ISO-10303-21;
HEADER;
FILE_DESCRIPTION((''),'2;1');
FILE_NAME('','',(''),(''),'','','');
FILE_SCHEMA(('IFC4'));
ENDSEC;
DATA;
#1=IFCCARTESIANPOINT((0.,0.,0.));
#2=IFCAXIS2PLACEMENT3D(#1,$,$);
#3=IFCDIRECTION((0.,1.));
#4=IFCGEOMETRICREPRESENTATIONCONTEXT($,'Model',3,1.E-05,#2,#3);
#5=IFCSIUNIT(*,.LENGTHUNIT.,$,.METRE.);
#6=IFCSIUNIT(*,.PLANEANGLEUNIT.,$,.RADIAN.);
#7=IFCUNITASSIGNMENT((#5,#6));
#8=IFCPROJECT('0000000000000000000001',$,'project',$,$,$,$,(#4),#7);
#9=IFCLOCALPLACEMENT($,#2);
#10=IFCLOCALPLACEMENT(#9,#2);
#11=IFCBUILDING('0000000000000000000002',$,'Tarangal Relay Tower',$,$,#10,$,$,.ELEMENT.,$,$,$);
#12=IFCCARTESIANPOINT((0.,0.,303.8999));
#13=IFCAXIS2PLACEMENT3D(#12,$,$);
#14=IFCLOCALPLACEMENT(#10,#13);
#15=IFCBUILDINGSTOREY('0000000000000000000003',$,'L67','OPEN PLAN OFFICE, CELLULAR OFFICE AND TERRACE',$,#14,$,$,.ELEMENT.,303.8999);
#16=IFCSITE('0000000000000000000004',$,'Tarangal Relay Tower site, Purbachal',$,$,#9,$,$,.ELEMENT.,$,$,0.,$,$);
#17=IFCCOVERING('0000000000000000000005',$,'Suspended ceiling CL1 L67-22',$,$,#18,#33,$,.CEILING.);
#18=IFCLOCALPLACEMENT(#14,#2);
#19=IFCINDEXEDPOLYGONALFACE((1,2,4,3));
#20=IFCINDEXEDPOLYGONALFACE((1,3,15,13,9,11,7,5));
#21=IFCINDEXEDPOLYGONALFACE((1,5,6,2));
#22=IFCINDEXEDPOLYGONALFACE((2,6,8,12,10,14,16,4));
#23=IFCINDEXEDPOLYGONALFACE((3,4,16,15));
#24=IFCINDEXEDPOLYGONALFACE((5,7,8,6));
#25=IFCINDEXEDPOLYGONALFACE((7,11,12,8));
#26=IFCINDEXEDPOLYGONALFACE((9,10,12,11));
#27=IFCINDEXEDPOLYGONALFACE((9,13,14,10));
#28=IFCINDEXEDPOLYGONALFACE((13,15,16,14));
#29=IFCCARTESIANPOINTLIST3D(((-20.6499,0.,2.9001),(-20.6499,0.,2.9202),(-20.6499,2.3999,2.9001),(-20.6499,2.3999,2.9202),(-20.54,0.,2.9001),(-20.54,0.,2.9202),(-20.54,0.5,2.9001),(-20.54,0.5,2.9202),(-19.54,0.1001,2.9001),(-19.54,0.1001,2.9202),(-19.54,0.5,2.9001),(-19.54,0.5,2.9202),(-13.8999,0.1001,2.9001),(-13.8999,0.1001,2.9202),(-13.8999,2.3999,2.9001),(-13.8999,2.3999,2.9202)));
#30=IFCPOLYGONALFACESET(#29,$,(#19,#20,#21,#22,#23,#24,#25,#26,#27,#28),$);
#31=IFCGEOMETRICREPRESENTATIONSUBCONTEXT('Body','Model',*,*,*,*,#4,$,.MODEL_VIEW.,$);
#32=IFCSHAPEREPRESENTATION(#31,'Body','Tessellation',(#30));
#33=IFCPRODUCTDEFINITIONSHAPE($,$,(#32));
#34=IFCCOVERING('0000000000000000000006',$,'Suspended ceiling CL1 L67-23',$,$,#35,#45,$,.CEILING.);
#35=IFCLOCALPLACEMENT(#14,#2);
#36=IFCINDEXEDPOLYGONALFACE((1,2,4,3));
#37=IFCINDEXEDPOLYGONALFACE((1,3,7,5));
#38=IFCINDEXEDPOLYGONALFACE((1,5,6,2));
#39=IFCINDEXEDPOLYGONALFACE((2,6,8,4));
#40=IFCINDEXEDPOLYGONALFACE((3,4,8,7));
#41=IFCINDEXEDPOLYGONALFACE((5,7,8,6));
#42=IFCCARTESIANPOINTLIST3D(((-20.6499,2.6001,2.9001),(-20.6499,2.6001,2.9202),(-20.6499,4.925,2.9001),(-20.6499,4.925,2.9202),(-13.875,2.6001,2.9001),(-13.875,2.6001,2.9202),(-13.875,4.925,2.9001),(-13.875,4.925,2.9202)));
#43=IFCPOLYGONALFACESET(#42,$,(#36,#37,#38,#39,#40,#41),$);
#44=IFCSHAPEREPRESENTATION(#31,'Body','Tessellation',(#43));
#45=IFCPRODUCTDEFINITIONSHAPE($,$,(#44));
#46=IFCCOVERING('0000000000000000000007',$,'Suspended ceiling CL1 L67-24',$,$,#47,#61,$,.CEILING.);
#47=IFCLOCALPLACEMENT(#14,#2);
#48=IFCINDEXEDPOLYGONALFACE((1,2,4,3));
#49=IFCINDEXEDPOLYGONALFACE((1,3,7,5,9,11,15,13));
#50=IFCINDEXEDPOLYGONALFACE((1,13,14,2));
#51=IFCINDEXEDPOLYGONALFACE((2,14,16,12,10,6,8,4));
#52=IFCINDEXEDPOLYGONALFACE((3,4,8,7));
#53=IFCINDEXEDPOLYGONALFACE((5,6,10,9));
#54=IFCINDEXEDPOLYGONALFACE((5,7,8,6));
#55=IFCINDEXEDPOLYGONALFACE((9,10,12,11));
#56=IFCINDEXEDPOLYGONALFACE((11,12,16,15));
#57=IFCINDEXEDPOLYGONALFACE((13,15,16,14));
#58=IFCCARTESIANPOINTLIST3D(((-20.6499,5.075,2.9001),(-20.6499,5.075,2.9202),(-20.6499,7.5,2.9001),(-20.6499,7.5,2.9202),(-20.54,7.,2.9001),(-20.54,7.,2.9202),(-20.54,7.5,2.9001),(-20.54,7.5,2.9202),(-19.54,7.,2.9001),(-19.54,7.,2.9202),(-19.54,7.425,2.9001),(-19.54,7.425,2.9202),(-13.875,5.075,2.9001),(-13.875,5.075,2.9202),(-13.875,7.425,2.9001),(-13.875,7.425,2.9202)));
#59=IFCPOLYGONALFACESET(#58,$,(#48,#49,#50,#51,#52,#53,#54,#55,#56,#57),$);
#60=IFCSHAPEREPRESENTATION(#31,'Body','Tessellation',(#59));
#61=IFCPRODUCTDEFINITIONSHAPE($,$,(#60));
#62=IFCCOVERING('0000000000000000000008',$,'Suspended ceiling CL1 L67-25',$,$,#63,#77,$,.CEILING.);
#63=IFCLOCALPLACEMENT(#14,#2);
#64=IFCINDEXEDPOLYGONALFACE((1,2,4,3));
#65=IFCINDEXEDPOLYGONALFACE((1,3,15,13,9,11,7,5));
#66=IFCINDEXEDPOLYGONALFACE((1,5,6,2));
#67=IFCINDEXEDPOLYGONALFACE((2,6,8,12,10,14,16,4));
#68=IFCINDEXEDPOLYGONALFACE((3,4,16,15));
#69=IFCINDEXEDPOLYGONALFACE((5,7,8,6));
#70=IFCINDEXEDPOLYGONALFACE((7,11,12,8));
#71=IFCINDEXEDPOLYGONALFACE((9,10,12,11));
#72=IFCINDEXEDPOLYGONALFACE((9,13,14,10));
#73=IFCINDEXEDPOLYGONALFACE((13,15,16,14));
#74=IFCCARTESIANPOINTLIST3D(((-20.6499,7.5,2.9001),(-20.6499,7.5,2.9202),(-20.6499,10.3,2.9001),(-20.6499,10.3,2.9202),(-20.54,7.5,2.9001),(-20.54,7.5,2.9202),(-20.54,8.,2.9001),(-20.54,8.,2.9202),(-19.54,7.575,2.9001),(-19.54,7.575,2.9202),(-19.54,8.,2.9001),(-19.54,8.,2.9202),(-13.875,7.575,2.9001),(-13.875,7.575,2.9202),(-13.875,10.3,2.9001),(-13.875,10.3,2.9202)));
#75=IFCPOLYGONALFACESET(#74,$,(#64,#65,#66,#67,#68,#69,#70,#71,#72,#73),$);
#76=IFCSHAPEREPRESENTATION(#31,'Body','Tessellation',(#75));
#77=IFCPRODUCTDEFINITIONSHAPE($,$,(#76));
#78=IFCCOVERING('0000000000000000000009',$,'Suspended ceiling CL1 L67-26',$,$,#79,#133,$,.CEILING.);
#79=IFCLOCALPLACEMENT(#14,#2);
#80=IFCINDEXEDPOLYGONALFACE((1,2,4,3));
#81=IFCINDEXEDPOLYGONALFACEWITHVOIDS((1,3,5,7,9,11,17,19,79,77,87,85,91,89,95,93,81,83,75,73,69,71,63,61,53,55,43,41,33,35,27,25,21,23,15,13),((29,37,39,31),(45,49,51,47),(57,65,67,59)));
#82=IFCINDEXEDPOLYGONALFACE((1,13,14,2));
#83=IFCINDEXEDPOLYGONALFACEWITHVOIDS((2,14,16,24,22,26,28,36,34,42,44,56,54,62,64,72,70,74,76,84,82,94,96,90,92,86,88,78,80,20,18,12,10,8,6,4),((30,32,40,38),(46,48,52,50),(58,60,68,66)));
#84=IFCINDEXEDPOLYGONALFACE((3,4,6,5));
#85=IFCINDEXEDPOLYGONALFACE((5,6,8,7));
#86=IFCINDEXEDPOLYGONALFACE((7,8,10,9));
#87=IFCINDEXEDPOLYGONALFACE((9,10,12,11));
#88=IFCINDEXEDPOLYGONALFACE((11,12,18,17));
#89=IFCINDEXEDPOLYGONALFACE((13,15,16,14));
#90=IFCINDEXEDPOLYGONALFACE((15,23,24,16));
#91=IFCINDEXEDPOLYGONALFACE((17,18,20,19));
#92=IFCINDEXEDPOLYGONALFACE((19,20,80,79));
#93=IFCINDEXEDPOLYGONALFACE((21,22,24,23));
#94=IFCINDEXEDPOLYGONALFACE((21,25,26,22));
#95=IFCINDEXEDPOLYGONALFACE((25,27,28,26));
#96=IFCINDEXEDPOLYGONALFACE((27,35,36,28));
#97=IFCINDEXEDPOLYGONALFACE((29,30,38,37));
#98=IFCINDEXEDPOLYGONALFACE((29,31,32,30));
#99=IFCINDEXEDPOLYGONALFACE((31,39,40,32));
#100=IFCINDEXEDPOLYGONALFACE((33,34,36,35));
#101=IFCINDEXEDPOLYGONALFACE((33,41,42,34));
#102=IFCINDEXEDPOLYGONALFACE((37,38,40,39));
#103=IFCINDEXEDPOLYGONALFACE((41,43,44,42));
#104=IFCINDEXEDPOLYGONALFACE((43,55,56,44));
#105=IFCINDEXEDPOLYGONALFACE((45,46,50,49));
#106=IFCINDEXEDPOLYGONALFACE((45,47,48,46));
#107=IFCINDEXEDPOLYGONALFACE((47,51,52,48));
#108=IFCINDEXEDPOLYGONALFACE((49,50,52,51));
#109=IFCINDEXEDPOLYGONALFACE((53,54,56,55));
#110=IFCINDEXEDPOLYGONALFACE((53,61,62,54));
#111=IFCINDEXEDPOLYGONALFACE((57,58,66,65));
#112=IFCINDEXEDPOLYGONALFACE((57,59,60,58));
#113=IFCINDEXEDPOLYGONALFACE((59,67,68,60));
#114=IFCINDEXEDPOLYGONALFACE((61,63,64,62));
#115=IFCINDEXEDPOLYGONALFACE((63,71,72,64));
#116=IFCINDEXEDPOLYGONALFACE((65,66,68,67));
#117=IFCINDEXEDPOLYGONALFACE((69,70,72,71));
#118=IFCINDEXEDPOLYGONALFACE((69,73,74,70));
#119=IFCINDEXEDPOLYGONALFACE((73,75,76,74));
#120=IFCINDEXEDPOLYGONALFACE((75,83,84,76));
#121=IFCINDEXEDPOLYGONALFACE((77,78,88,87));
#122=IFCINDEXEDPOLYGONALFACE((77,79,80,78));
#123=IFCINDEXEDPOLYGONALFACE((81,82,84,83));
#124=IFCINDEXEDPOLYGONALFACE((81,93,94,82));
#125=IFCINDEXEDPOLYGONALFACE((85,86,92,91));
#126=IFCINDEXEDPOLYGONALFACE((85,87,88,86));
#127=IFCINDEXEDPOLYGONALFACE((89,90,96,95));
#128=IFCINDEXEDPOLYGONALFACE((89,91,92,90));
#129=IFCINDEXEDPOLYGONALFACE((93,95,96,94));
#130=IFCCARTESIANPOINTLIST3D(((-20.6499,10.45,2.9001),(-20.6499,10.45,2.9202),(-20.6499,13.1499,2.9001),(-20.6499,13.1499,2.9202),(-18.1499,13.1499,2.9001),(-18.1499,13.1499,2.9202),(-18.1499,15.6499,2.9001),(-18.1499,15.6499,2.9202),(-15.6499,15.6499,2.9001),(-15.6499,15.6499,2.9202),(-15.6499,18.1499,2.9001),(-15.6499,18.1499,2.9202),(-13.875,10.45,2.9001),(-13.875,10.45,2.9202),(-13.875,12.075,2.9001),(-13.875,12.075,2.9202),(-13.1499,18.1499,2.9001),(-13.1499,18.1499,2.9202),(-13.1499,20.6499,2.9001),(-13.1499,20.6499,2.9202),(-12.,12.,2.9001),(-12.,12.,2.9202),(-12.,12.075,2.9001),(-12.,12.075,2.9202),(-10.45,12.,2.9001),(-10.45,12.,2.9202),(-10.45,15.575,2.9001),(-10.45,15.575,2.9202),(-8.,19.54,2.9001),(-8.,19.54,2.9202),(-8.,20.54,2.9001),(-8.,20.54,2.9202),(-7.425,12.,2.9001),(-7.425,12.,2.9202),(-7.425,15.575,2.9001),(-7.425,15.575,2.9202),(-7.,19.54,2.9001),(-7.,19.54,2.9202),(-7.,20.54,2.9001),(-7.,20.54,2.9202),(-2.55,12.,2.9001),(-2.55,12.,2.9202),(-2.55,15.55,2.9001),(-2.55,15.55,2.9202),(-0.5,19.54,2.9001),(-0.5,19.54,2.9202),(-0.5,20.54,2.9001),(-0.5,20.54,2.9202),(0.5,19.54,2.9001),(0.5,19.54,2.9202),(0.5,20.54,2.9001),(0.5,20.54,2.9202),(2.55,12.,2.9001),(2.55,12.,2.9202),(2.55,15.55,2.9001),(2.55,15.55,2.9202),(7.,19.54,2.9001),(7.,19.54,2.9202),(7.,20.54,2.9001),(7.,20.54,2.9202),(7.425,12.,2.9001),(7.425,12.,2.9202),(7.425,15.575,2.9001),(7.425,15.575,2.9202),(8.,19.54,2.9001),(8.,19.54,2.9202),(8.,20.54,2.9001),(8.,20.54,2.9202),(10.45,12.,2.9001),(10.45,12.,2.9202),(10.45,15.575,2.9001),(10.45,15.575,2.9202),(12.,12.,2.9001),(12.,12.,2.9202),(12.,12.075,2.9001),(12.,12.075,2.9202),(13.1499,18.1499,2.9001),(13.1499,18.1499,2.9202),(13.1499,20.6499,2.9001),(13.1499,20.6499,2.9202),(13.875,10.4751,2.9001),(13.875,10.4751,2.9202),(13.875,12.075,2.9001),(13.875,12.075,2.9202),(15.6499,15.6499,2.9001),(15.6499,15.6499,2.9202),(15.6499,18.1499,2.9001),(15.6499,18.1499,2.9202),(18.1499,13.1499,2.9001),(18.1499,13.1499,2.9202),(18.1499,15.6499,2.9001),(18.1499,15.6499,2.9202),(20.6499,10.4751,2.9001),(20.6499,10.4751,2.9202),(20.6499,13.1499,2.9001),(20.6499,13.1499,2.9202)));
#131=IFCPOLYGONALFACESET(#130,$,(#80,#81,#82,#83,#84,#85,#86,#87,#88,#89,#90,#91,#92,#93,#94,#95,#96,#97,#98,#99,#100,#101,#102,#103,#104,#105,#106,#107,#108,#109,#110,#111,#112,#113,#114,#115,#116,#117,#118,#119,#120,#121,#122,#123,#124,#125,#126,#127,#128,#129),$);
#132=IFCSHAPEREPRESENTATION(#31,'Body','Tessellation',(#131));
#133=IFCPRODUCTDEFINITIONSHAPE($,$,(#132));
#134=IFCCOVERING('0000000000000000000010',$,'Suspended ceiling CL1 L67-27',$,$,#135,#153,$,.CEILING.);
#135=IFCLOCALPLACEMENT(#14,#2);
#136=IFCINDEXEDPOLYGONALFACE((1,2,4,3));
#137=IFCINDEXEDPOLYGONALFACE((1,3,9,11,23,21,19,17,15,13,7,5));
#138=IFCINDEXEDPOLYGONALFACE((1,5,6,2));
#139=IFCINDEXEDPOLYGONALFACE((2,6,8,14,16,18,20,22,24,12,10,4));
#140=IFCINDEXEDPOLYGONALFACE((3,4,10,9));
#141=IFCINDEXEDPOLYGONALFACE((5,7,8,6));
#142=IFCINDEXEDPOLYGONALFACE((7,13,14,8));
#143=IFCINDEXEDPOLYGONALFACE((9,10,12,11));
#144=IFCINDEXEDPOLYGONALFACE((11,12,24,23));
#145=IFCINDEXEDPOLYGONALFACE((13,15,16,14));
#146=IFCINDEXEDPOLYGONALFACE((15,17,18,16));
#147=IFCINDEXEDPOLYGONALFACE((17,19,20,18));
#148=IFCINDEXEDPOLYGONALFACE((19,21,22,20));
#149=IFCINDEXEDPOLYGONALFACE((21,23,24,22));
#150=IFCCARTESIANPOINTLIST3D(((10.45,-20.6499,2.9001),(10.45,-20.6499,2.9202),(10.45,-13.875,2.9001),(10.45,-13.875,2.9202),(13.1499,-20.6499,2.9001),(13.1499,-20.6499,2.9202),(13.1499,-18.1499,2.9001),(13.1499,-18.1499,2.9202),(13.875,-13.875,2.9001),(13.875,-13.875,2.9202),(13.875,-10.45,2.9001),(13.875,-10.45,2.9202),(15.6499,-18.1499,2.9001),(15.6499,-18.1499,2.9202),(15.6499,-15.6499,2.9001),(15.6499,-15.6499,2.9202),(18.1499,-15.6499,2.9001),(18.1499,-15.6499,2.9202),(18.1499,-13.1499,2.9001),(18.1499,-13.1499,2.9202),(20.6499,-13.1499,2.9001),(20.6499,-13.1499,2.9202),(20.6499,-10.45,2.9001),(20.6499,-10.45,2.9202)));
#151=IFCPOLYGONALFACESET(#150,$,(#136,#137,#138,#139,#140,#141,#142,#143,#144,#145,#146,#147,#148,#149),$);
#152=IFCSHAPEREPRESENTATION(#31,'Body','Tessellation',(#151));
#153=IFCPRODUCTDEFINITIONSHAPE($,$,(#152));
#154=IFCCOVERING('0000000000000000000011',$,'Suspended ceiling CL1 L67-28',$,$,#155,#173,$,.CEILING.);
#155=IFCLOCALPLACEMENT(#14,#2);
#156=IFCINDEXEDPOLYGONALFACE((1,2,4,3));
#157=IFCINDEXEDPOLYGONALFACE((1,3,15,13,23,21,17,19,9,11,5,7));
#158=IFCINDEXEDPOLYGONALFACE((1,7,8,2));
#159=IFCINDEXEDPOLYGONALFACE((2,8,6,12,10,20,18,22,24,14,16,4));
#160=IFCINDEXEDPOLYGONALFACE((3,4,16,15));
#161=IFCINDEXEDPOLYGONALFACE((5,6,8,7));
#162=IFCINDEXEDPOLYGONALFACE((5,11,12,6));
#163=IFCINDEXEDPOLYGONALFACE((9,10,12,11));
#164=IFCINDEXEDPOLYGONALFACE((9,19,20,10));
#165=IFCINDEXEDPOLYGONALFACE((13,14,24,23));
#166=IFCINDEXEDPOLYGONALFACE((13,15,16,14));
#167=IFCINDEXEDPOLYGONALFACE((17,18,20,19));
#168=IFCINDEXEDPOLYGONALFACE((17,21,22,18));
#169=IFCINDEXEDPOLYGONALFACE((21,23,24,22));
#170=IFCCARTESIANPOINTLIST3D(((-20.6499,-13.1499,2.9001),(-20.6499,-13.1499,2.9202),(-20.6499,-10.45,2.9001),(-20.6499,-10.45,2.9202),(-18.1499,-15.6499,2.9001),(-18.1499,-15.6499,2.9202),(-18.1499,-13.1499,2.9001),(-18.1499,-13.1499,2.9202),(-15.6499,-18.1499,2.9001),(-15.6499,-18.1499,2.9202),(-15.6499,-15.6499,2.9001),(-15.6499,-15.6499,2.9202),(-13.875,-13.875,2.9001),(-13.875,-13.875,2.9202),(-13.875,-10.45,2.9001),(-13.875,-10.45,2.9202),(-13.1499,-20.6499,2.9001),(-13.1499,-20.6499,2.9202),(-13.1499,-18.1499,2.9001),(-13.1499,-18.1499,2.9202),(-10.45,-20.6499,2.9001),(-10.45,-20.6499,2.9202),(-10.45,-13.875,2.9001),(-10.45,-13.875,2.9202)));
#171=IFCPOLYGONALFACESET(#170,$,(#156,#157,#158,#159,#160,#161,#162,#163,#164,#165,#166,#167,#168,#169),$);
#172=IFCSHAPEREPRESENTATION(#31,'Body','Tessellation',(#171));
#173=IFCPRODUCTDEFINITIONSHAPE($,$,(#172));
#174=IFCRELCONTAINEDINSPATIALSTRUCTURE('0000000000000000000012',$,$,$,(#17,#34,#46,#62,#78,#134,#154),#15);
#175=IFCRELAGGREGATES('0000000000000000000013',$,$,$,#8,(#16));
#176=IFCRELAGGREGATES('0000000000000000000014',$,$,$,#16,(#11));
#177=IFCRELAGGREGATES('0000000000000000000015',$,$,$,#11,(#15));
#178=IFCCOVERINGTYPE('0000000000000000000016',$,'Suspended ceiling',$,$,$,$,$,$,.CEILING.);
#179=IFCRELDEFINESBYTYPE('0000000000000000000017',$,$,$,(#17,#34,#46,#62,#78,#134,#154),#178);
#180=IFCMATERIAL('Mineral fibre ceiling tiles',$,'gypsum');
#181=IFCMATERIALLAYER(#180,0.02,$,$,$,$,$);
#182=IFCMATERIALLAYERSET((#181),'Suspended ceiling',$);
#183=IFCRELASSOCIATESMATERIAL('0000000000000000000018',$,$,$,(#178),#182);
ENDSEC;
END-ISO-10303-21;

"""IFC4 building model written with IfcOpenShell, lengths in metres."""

from ifc_helpers import new_model, si_unit, direction, frame, origin, place, context, subcontext, project, spatial, polyline, outline, extrude, material, layer, layer_set, type_object, element, save


model = new_model("IFC4")

# Units and contexts
model_context = context("Model", 3, precision=1e-05, world=origin(), true_north=direction((0.0, 1.0)))
body_context = subcontext(model_context, "Body", "Model", "MODEL_VIEW")
ifc_project = project(units=[si_unit("LENGTHUNIT", "METRE"), si_unit("PLANEANGLEUNIT", "RADIAN")], contexts=[model_context])

# Site, building, storey
site_placement = place(None, origin())
site = spatial("IfcSite", under=ifc_project, at=site_placement, Name="Tarangal Relay Tower site, Purbachal", CompositionType="ELEMENT", RefElevation=0.0)
building_placement = place(site_placement, origin())
building = spatial("IfcBuilding", under=site, at=building_placement, Name="Tarangal Relay Tower", CompositionType="ELEMENT")
storey_placement = place(building_placement, frame((0.0, 0.0, 303.8999)))
storey = spatial("IfcBuildingStorey", under=building, at=storey_placement, Name="L67", Description="OPEN PLAN OFFICE, CELLULAR OFFICE AND TERRACE", CompositionType="ELEMENT", Elevation=303.8999)

# Coverings
ifc_material_1 = material(Name="Mineral fibre ceiling tiles", Category="gypsum")
ifc_layer_1 = layer(ifc_material_1, 0.02)
ifc_layer_set_1 = layer_set([ifc_layer_1], Name="Suspended ceiling")
covering_type = type_object("IfcCoveringType", Name="Suspended ceiling", PredefinedType="CEILING", material=ifc_layer_set_1)
covering_1_placement = place(storey_placement, frame((0.0, 0.0, 2.9001)))
element("IfcCovering", 1, at=covering_1_placement, inside=storey, type_object=covering_type, Name="Suspended ceiling CL1 L67-22", PredefinedType="CEILING", context=body_context, shape_type="SweptSolid", body=[
    extrude(outline(polyline([(-20.6499, 2.3999), (-20.6499, 0.0), (-20.54, 0.0), (-20.54, 0.5), (-19.54, 0.5), (-19.54, 0.1001), (-13.8999, 0.1001), (-13.8999, 2.3999), (-20.6499, 2.3999)])), origin(), (0.0, 0.0, 1.0), 0.02),
])
covering_2_placement = place(storey_placement, frame((0.0, 0.0, 2.9001)))
element("IfcCovering", 2, at=covering_2_placement, inside=storey, type_object=covering_type, Name="Suspended ceiling CL1 L67-23", PredefinedType="CEILING", context=body_context, shape_type="SweptSolid", body=[
    extrude(outline(polyline([(-20.6499, 2.6001), (-13.875, 2.6001), (-13.875, 4.925), (-20.6499, 4.925), (-20.6499, 2.6001)])), origin(), (0.0, 0.0, 1.0), 0.02),
])
covering_3_placement = place(storey_placement, frame((0.0, 0.0, 2.9001)))
element("IfcCovering", 3, at=covering_3_placement, inside=storey, type_object=covering_type, Name="Suspended ceiling CL1 L67-24", PredefinedType="CEILING", context=body_context, shape_type="SweptSolid", body=[
    extrude(outline(polyline([(-20.6499, 7.5), (-20.6499, 5.075), (-13.875, 5.075), (-13.875, 7.425), (-19.54, 7.425), (-19.54, 7.0), (-20.54, 7.0), (-20.54, 7.5), (-20.6499, 7.5)])), origin(), (0.0, 0.0, 1.0), 0.02),
])
covering_4_placement = place(storey_placement, frame((0.0, 0.0, 2.9001)))
element("IfcCovering", 4, at=covering_4_placement, inside=storey, type_object=covering_type, Name="Suspended ceiling CL1 L67-25", PredefinedType="CEILING", context=body_context, shape_type="SweptSolid", body=[
    extrude(outline(polyline([(-20.6499, 10.3), (-20.6499, 7.5), (-20.54, 7.5), (-20.54, 8.0), (-19.54, 8.0), (-19.54, 7.575), (-13.875, 7.575), (-13.875, 10.3), (-20.6499, 10.3)])), origin(), (0.0, 0.0, 1.0), 0.02),
])
covering_5_placement = place(storey_placement, frame((0.0, 0.0, 2.9001)))
element("IfcCovering", 5, at=covering_5_placement, inside=storey, type_object=covering_type, Name="Suspended ceiling CL1 L67-26", PredefinedType="CEILING", context=body_context, shape_type="SweptSolid", body=[
    extrude(outline(polyline([(7.425, 12.0), (7.425, 15.575), (10.45, 15.575), (10.45, 12.0), (12.0, 12.0), (12.0, 12.075), (13.875, 12.075), (13.875, 10.4751), (20.6499, 10.4751), (20.6499, 13.1499), (18.1499, 13.1499), (18.1499, 15.6499), (15.6499, 15.6499), (15.6499, 18.1499), (13.1499, 18.1499), (13.1499, 20.6499), (-13.1499, 20.6499), (-13.1499, 18.1499), (-15.6499, 18.1499), (-15.6499, 15.6499), (-18.1499, 15.6499), (-18.1499, 13.1499), (-20.6499, 13.1499), (-20.6499, 10.45), (-13.875, 10.45), (-13.875, 12.075), (-12.0, 12.075), (-12.0, 12.0), (-10.45, 12.0), (-10.45, 15.575), (-7.425, 15.575), (-7.425, 12.0), (-2.55, 12.0), (-2.55, 15.55), (2.55, 15.55), (2.55, 12.0), (7.425, 12.0)]), holes=[polyline([(-7.0, 19.54), (-7.0, 20.54), (-8.0, 20.54), (-8.0, 19.54), (-7.0, 19.54)]), polyline([(-0.5, 19.54), (0.5, 19.54), (0.5, 20.54), (-0.5, 20.54), (-0.5, 19.54)]), polyline([(7.0, 19.54), (8.0, 19.54), (8.0, 20.54), (7.0, 20.54), (7.0, 19.54)])]), origin(), (0.0, 0.0, 1.0), 0.02),
])
covering_6_placement = place(storey_placement, frame((0.0, 0.0, 2.9001)))
element("IfcCovering", 6, at=covering_6_placement, inside=storey, type_object=covering_type, Name="Suspended ceiling CL1 L67-27", PredefinedType="CEILING", context=body_context, shape_type="SweptSolid", body=[
    extrude(outline(polyline([(20.6499, -13.1499), (20.6499, -10.45), (13.875, -10.45), (13.875, -13.875), (10.45, -13.875), (10.45, -20.6499), (13.1499, -20.6499), (13.1499, -18.1499), (15.6499, -18.1499), (15.6499, -15.6499), (18.1499, -15.6499), (18.1499, -13.1499), (20.6499, -13.1499)])), origin(), (0.0, 0.0, 1.0), 0.02),
])
covering_7_placement = place(storey_placement, frame((0.0, 0.0, 2.9001)))
element("IfcCovering", 7, at=covering_7_placement, inside=storey, type_object=covering_type, Name="Suspended ceiling CL1 L67-28", PredefinedType="CEILING", context=body_context, shape_type="SweptSolid", body=[
    extrude(outline(polyline([(-13.1499, -18.1499), (-13.1499, -20.6499), (-10.45, -20.6499), (-10.45, -13.875), (-13.875, -13.875), (-13.875, -10.45), (-20.6499, -10.45), (-20.6499, -13.1499), (-18.1499, -13.1499), (-18.1499, -15.6499), (-15.6499, -15.6499), (-15.6499, -18.1499), (-13.1499, -18.1499)])), origin(), (0.0, 0.0, 1.0), 0.02),
])

save(model, "model.ifc")
